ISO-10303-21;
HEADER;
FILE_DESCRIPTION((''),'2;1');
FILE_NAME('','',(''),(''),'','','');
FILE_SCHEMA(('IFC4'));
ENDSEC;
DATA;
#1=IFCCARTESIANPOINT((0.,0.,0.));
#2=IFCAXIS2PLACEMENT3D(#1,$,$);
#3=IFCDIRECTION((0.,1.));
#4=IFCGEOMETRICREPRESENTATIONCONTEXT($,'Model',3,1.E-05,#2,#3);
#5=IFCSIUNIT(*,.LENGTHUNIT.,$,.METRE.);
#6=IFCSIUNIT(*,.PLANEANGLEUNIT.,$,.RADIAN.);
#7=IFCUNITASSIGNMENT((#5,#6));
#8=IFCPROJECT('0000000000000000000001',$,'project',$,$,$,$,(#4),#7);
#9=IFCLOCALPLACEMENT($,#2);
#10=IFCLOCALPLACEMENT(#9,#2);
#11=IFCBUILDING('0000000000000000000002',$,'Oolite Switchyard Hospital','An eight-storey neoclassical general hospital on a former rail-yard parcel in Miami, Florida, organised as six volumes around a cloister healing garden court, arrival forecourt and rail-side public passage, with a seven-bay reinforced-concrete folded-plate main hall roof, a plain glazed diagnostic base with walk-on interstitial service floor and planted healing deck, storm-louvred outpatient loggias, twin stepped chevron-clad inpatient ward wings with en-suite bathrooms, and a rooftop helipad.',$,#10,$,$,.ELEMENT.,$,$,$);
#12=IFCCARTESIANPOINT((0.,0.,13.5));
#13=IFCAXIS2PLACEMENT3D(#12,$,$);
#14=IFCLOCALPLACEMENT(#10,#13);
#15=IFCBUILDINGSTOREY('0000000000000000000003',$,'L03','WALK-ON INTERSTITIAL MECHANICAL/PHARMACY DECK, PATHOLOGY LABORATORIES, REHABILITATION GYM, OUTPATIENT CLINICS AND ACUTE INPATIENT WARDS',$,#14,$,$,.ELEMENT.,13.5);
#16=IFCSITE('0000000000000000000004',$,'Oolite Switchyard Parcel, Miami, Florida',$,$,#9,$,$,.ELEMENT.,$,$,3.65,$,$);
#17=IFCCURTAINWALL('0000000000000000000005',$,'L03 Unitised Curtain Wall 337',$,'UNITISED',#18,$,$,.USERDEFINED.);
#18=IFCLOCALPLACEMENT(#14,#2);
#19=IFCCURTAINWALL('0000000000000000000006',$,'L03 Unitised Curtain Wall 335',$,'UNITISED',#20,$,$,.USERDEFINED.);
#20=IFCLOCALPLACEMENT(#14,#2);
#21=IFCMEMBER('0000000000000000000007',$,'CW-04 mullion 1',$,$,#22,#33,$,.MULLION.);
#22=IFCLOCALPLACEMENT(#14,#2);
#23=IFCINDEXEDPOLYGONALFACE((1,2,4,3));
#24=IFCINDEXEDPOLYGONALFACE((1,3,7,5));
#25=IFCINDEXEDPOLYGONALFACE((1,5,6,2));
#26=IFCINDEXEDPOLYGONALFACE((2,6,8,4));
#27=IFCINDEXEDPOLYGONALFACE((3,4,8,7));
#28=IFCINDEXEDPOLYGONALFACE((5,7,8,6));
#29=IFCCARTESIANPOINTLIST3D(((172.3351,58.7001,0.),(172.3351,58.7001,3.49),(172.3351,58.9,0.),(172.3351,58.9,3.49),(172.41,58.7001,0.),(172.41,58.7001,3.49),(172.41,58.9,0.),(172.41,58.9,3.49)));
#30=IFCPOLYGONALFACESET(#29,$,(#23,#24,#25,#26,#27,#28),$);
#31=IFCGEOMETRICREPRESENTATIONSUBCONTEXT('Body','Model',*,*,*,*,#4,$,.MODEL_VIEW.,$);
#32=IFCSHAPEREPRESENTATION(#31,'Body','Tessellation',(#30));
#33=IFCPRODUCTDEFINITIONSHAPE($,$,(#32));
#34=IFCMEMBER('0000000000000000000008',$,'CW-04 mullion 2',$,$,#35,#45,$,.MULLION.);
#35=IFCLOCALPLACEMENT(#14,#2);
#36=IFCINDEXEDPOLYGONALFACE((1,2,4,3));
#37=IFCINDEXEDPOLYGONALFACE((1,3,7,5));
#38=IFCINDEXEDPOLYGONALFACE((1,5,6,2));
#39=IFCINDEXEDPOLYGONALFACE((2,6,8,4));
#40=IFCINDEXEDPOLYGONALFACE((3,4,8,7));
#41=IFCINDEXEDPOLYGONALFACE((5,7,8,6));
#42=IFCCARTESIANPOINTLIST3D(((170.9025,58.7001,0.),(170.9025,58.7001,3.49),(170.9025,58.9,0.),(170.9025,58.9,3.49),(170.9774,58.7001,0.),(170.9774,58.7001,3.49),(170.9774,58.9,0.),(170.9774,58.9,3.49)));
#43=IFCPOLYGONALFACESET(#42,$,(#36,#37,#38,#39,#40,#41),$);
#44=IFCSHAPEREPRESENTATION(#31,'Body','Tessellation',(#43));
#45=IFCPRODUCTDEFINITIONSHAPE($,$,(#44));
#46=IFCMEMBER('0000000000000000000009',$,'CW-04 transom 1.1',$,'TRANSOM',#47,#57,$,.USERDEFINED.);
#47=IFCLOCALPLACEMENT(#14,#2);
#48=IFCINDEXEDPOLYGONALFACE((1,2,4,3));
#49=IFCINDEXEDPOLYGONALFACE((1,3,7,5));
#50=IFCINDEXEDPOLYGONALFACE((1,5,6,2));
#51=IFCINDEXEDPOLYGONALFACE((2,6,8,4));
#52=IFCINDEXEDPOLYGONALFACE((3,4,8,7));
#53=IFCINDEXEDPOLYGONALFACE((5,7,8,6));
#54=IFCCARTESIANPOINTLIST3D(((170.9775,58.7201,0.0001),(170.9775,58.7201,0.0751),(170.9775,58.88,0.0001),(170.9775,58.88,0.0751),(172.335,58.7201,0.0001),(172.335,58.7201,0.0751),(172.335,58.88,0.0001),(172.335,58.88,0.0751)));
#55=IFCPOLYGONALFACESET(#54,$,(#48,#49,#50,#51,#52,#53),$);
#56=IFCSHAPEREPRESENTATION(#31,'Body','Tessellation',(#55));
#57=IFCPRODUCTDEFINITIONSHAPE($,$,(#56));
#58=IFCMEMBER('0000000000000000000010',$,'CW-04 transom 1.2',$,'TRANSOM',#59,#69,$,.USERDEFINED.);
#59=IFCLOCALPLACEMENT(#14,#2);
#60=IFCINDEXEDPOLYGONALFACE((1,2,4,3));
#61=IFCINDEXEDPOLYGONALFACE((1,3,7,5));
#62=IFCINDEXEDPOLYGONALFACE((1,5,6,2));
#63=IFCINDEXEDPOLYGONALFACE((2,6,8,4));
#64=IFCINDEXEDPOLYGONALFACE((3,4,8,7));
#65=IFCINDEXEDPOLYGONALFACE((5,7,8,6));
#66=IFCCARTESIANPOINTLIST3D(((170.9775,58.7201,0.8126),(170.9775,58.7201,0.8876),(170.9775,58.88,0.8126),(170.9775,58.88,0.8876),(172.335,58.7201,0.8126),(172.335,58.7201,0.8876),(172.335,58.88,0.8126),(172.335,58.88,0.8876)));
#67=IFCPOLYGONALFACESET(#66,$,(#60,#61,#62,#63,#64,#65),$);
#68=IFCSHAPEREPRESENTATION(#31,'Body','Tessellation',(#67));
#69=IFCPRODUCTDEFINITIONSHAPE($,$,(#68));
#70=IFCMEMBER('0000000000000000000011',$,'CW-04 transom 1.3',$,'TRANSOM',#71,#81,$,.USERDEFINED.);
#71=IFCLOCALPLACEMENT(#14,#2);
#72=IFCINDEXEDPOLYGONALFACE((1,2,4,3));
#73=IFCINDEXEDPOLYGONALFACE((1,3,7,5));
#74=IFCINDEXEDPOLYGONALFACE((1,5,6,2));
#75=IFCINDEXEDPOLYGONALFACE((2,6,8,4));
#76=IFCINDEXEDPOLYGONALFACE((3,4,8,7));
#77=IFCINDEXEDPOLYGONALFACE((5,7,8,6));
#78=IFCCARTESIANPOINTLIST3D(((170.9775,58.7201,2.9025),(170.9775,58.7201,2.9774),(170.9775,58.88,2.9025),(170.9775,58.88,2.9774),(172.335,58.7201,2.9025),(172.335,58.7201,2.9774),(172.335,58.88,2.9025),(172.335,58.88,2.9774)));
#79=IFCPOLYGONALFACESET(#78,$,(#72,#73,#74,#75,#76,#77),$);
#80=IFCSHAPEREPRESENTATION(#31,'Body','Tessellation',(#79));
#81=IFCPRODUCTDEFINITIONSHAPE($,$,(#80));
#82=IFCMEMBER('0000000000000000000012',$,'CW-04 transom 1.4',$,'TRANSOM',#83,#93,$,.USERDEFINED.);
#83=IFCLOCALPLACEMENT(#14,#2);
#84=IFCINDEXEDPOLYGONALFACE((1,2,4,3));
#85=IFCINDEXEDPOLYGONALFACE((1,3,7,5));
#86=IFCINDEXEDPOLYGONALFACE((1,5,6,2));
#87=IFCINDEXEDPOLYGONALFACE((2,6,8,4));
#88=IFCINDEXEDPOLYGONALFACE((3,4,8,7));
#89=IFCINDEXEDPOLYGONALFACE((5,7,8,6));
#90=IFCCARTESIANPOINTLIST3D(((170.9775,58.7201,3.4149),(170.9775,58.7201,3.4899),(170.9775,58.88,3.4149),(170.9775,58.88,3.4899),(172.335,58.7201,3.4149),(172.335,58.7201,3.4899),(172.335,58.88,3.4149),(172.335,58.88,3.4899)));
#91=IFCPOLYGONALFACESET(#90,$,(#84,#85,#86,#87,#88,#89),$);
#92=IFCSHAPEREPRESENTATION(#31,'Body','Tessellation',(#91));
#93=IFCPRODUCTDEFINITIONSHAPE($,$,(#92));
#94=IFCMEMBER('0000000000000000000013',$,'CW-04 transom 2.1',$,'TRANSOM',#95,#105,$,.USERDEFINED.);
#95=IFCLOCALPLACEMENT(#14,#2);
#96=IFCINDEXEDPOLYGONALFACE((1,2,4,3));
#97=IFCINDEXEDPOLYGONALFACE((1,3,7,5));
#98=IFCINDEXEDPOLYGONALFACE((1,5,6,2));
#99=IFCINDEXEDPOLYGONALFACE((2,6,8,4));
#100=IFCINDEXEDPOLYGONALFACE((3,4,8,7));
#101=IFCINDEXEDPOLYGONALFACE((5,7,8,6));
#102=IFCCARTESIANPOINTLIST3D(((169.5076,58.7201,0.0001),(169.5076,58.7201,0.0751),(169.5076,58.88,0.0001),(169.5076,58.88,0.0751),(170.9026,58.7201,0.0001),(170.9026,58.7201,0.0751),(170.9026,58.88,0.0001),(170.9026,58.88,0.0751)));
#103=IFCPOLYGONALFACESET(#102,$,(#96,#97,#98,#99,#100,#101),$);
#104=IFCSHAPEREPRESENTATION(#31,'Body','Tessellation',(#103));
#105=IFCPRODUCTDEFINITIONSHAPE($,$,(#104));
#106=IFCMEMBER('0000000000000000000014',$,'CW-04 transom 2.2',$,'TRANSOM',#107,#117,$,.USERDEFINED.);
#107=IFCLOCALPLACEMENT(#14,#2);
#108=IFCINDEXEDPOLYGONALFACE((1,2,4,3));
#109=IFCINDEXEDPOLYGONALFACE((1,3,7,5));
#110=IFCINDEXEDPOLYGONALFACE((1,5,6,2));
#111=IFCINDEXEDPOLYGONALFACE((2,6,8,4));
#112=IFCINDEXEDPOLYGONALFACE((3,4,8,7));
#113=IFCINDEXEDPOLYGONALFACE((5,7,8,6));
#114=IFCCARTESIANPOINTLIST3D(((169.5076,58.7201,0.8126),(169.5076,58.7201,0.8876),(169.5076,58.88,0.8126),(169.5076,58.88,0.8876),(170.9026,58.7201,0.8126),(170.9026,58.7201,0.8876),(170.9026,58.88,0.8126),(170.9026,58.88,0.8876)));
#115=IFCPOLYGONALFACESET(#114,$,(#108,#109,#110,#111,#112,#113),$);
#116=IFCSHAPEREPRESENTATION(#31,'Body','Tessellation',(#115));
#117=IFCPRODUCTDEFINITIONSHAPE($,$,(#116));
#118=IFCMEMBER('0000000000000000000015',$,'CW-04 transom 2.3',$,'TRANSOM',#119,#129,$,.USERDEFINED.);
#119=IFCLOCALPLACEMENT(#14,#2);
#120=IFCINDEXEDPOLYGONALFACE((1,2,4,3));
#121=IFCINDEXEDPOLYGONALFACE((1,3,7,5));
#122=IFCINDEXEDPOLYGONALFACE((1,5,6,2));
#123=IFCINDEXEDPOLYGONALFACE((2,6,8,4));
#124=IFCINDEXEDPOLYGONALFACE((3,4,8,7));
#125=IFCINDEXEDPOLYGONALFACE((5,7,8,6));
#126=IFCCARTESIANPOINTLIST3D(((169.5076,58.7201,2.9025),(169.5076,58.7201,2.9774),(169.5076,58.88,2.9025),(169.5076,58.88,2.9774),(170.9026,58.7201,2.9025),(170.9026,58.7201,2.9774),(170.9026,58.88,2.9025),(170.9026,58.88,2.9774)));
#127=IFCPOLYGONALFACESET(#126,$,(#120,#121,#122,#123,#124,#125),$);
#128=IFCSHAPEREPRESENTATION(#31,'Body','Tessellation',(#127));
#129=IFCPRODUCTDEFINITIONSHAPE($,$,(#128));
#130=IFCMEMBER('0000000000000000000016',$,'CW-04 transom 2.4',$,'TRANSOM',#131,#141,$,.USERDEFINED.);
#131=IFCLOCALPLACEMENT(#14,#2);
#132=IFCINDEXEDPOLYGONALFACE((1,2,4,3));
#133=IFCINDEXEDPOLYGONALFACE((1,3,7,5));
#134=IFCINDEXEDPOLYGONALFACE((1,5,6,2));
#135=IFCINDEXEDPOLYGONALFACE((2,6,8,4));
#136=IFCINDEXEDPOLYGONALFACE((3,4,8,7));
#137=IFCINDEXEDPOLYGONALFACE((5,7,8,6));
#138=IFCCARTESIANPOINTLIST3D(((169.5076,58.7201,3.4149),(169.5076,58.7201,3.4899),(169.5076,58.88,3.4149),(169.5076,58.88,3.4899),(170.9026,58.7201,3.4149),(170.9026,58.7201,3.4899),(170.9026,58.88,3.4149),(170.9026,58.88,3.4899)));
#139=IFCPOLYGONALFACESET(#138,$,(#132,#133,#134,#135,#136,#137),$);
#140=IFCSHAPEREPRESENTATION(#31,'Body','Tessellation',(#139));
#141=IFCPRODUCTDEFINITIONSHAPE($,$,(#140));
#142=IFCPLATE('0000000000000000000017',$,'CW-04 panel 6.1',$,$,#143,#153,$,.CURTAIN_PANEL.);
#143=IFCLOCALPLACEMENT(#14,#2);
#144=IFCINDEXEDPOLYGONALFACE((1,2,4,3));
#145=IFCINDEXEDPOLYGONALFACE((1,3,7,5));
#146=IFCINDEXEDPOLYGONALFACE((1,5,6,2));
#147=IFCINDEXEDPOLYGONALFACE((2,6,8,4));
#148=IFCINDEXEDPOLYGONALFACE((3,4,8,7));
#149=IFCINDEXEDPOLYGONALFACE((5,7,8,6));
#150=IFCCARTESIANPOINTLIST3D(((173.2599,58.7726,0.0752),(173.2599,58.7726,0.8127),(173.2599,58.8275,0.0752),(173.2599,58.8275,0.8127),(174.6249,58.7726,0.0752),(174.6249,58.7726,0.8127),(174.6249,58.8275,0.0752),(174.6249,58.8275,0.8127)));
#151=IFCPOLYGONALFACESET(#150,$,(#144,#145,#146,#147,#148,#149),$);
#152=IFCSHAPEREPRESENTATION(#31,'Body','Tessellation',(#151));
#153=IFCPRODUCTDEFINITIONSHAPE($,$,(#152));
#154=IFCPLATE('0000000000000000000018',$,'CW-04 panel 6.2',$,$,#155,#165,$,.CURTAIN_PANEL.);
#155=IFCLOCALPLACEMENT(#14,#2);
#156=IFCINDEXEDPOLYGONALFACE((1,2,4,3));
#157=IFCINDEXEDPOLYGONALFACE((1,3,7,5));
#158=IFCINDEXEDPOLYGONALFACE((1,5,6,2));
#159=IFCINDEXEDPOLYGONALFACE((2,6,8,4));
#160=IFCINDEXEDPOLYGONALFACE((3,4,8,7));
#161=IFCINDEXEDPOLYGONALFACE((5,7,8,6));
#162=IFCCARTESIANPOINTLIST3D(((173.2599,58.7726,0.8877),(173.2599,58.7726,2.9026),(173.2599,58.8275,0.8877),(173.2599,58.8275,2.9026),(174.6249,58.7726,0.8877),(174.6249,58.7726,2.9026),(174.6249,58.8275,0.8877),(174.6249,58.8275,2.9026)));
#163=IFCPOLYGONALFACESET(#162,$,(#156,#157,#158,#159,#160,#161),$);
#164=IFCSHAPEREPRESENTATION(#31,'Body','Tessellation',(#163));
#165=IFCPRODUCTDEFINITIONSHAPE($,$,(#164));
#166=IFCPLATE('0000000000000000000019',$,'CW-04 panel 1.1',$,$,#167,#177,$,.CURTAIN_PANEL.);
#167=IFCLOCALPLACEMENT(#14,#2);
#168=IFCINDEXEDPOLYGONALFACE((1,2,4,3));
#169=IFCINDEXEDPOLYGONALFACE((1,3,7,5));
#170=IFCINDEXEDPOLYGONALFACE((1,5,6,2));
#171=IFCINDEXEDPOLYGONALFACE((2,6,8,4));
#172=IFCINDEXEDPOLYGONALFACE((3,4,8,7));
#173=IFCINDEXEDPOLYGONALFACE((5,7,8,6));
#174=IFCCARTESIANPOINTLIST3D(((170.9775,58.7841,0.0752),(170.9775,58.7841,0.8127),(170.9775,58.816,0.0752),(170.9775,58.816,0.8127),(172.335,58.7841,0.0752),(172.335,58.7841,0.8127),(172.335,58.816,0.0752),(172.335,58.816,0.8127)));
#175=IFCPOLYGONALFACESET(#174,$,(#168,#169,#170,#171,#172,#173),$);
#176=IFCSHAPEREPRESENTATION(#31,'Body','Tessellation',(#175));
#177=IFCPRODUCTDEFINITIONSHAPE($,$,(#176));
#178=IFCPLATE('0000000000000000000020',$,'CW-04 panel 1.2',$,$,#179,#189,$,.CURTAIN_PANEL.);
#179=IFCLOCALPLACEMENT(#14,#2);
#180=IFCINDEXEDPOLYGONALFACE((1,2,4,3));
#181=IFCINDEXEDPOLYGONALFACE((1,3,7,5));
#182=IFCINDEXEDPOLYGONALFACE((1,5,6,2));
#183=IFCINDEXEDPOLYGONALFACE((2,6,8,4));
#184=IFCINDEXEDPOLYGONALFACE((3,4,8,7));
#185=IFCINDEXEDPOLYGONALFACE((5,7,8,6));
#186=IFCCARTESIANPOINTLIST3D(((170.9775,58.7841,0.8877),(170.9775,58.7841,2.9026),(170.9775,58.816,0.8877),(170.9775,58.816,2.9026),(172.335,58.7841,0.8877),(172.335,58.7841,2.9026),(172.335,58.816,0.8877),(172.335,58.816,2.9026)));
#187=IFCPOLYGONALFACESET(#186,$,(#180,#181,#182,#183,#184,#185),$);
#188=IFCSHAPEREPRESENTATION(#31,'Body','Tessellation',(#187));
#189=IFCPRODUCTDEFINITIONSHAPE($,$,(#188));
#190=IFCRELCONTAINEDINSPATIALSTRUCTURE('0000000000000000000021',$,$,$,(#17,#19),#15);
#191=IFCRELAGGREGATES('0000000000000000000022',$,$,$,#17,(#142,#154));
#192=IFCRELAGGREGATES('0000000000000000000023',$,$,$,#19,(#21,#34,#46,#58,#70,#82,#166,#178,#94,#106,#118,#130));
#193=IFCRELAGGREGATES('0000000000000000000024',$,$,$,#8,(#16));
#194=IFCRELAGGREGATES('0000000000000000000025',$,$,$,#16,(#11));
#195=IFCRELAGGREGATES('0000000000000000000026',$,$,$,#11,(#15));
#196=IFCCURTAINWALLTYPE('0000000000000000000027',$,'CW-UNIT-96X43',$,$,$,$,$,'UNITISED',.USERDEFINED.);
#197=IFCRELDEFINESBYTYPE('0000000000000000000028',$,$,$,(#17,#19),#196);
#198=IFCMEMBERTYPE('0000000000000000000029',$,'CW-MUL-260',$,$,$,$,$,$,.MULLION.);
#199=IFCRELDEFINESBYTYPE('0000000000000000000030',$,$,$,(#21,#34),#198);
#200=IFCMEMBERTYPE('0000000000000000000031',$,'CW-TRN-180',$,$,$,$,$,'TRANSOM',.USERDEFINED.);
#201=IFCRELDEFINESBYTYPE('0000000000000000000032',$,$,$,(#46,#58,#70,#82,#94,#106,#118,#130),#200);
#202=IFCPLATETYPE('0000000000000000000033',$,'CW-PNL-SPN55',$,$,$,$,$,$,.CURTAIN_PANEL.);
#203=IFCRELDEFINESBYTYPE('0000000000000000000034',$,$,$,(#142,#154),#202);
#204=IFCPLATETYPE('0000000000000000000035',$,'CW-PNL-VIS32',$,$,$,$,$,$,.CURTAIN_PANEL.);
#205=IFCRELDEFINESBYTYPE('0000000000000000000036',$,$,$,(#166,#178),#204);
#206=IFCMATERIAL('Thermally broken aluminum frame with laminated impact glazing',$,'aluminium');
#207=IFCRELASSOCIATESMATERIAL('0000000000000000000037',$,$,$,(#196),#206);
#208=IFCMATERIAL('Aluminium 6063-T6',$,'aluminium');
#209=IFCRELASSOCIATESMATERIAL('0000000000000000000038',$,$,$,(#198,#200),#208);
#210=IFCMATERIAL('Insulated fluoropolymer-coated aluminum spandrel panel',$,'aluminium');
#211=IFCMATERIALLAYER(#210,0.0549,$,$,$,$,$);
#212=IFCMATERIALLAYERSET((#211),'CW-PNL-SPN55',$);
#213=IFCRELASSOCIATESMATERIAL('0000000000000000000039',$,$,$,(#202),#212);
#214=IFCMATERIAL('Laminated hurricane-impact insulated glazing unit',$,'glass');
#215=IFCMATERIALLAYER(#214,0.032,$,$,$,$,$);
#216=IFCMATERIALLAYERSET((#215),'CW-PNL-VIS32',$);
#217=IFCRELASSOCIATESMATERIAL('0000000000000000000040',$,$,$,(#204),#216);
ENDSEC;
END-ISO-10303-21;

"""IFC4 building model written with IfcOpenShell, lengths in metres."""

from ifc_helpers import new_model, si_unit, direction, frame, origin, origin_2d, place, context, subcontext, project, spatial, rectangle, extrude, material, layer, layer_set, material_profile, profile_set, type_object, element, aggregate, save


model = new_model("IFC4")

# Units and contexts
model_context = context("Model", 3, precision=1e-05, world=origin(), true_north=direction((0.0, 1.0)))
body_context = subcontext(model_context, "Body", "Model", "MODEL_VIEW")
ifc_project = project(units=[si_unit("LENGTHUNIT", "METRE"), si_unit("PLANEANGLEUNIT", "RADIAN")], contexts=[model_context])

# Site, building, storey
site_placement = place(None, origin())
site = spatial("IfcSite", under=ifc_project, at=site_placement, Name="Oolite Switchyard Parcel, Miami, Florida", CompositionType="ELEMENT", RefElevation=3.65)
building_placement = place(site_placement, origin())
building = spatial("IfcBuilding", under=site, at=building_placement, Name="Oolite Switchyard Hospital", Description="An eight-storey neoclassical general hospital on a former rail-yard parcel in Miami, Florida, organised as six volumes around a cloister healing garden court, arrival forecourt and rail-side public passage, with a seven-bay reinforced-concrete folded-plate main hall roof, a plain glazed diagnostic base with walk-on interstitial service floor and planted healing deck, storm-louvred outpatient loggias, twin stepped chevron-clad inpatient ward wings with en-suite bathrooms, and a rooftop helipad.", CompositionType="ELEMENT")
storey_placement = place(building_placement, frame((0.0, 0.0, 13.5)))
storey = spatial("IfcBuildingStorey", under=building, at=storey_placement, Name="L03", Description="WALK-ON INTERSTITIAL MECHANICAL/PHARMACY DECK, PATHOLOGY LABORATORIES, REHABILITATION GYM, OUTPATIENT CLINICS AND ACUTE INPATIENT WARDS", CompositionType="ELEMENT", Elevation=13.5)

# Curtain wall
ifc_material_1 = material(Name="Thermally broken aluminum frame with laminated impact glazing", Category="aluminium")
curtain_wall_type = type_object("IfcCurtainWallType", Name="CW-UNIT-96X43", ElementType="UNITISED", PredefinedType="USERDEFINED", material=ifc_material_1)
curtain_wall_1_placement = place(storey_placement, origin())
curtain_wall_1 = element("IfcCurtainWall", 1, at=curtain_wall_1_placement, inside=storey, type_object=curtain_wall_type, Name="L03 Unitised Curtain Wall 337", ObjectType="UNITISED", PredefinedType="USERDEFINED")
ifc_material_2 = material(Name="Aluminium 6063-T6", Category="aluminium")

# Curtain wall, members
curtain_wall_2_placement = place(storey_placement, origin())
curtain_wall_2 = element("IfcCurtainWall", 2, at=curtain_wall_2_placement, inside=storey, type_object=curtain_wall_type, Name="L03 Unitised Curtain Wall 335", ObjectType="UNITISED", PredefinedType="USERDEFINED")
ifc_material_profile_1 = material_profile(ifc_material_2, rectangle(XDim=0.2, YDim=0.075, at=origin_2d()), Name="CWM75X200")
ifc_profile_set_1 = profile_set([ifc_material_profile_1], Name="Aluminium 6063-T6")
member_type_1 = type_object("IfcMemberType", Name="CW-MUL-260", PredefinedType="MULLION", material=ifc_profile_set_1)
member_1_placement = place(storey_placement, frame((172.3726, 58.8, 0.0), z_axis=(0.0, 0.0, 1.0), x_axis=(0.0, -1.0, 0.0)))
member_1 = element("IfcMember", 3, at=member_1_placement, type_object=member_type_1, Name="CW-04 mullion 1", PredefinedType="MULLION", context=body_context, shape_type="SweptSolid", body=[
    extrude(rectangle(XDim=0.2, YDim=0.075, at=origin_2d()), origin(), (0.0, 0.0, 1.0), 3.49),
])
member_2_placement = place(storey_placement, frame((170.9399, 58.8, 0.0), z_axis=(0.0, 0.0, 1.0), x_axis=(0.0, -1.0, 0.0)))
member_2 = element("IfcMember", 4, at=member_2_placement, type_object=member_type_1, Name="CW-04 mullion 2", PredefinedType="MULLION", context=body_context, shape_type="SweptSolid", body=[
    extrude(rectangle(XDim=0.2, YDim=0.075, at=origin_2d()), origin(), (0.0, 0.0, 1.0), 3.49),
])
ifc_material_profile_2 = material_profile(ifc_material_2, rectangle(XDim=0.1599, YDim=0.075, at=origin_2d()), Name="CWT75X160")
ifc_profile_set_2 = profile_set([ifc_material_profile_2], Name="Aluminium 6063-T6")
member_type_2 = type_object("IfcMemberType", Name="CW-TRN-180", ElementType="TRANSOM", PredefinedType="USERDEFINED", material=ifc_profile_set_2)
member_3_placement = place(storey_placement, frame((172.335, 58.8, 0.0376), z_axis=(-1.0, 0.0, 0.0), x_axis=(0.0, -1.0, 0.0)))
member_3 = element("IfcMember", 5, at=member_3_placement, type_object=member_type_2, Name="CW-04 transom 1.1", ObjectType="TRANSOM", PredefinedType="USERDEFINED", context=body_context, shape_type="SweptSolid", body=[
    extrude(rectangle(XDim=0.1599, YDim=0.075, at=origin_2d()), origin(), (0.0, 0.0, 1.0), 1.3574),
])
member_4_placement = place(storey_placement, frame((172.335, 58.8, 0.8501), z_axis=(-1.0, 0.0, 0.0), x_axis=(0.0, -1.0, 0.0)))
member_4 = element("IfcMember", 6, at=member_4_placement, type_object=member_type_2, Name="CW-04 transom 1.2", ObjectType="TRANSOM", PredefinedType="USERDEFINED", context=body_context, shape_type="SweptSolid", body=[
    extrude(rectangle(XDim=0.1599, YDim=0.075, at=origin_2d()), origin(), (0.0, 0.0, 1.0), 1.3574),
])
member_5_placement = place(storey_placement, frame((172.335, 58.8, 2.9399), z_axis=(-1.0, 0.0, 0.0), x_axis=(0.0, -1.0, 0.0)))
member_5 = element("IfcMember", 7, at=member_5_placement, type_object=member_type_2, Name="CW-04 transom 1.3", ObjectType="TRANSOM", PredefinedType="USERDEFINED", context=body_context, shape_type="SweptSolid", body=[
    extrude(rectangle(XDim=0.1599, YDim=0.075, at=origin_2d()), origin(), (0.0, 0.0, 1.0), 1.3574),
])
member_6_placement = place(storey_placement, frame((172.335, 58.8, 3.4524), z_axis=(-1.0, 0.0, 0.0), x_axis=(0.0, -1.0, 0.0)))
member_6 = element("IfcMember", 8, at=member_6_placement, type_object=member_type_2, Name="CW-04 transom 1.4", ObjectType="TRANSOM", PredefinedType="USERDEFINED", context=body_context, shape_type="SweptSolid", body=[
    extrude(rectangle(XDim=0.1599, YDim=0.075, at=origin_2d()), origin(), (0.0, 0.0, 1.0), 1.3574),
])
member_7_placement = place(storey_placement, frame((170.9026, 58.8, 0.0376), z_axis=(-1.0, 0.0, 0.0), x_axis=(0.0, -1.0, 0.0)))
member_7 = element("IfcMember", 9, at=member_7_placement, type_object=member_type_2, Name="CW-04 transom 2.1", ObjectType="TRANSOM", PredefinedType="USERDEFINED", context=body_context, shape_type="SweptSolid", body=[
    extrude(rectangle(XDim=0.1599, YDim=0.075, at=origin_2d()), origin(), (0.0, 0.0, 1.0), 1.395),
])
member_8_placement = place(storey_placement, frame((170.9026, 58.8, 0.8501), z_axis=(-1.0, 0.0, 0.0), x_axis=(0.0, -1.0, 0.0)))
member_8 = element("IfcMember", 10, at=member_8_placement, type_object=member_type_2, Name="CW-04 transom 2.2", ObjectType="TRANSOM", PredefinedType="USERDEFINED", context=body_context, shape_type="SweptSolid", body=[
    extrude(rectangle(XDim=0.1599, YDim=0.075, at=origin_2d()), origin(), (0.0, 0.0, 1.0), 1.395),
])
member_9_placement = place(storey_placement, frame((170.9026, 58.8, 2.9399), z_axis=(-1.0, 0.0, 0.0), x_axis=(0.0, -1.0, 0.0)))
member_9 = element("IfcMember", 11, at=member_9_placement, type_object=member_type_2, Name="CW-04 transom 2.3", ObjectType="TRANSOM", PredefinedType="USERDEFINED", context=body_context, shape_type="SweptSolid", body=[
    extrude(rectangle(XDim=0.1599, YDim=0.075, at=origin_2d()), origin(), (0.0, 0.0, 1.0), 1.395),
])
member_10_placement = place(storey_placement, frame((170.9026, 58.8, 3.4524), z_axis=(-1.0, 0.0, 0.0), x_axis=(0.0, -1.0, 0.0)))
member_10 = element("IfcMember", 12, at=member_10_placement, type_object=member_type_2, Name="CW-04 transom 2.4", ObjectType="TRANSOM", PredefinedType="USERDEFINED", context=body_context, shape_type="SweptSolid", body=[
    extrude(rectangle(XDim=0.1599, YDim=0.075, at=origin_2d()), origin(), (0.0, 0.0, 1.0), 1.395),
])

# Plates
ifc_material_3 = material(Name="Insulated fluoropolymer-coated aluminum spandrel panel", Category="aluminium")
ifc_layer_1 = layer(ifc_material_3, 0.0549)
ifc_layer_set_1 = layer_set([ifc_layer_1], Name="CW-PNL-SPN55")
plate_type_1 = type_object("IfcPlateType", Name="CW-PNL-SPN55", PredefinedType="CURTAIN_PANEL", material=ifc_layer_set_1)
plate_1_placement = place(storey_placement, frame((173.9424, 58.8, 0.0752), z_axis=(0.0, 0.0, 1.0), x_axis=(-1.0, 0.0, 0.0)))
plate_1 = element("IfcPlate", 13, at=plate_1_placement, type_object=plate_type_1, Name="CW-04 panel 6.1", PredefinedType="CURTAIN_PANEL", context=body_context, shape_type="SweptSolid", body=[
    extrude(rectangle(XDim=1.365, YDim=0.0549, at=origin_2d()), origin(), (0.0, 0.0, 1.0), 0.7375),
])
plate_2_placement = place(storey_placement, frame((173.9424, 58.8, 0.8877), z_axis=(0.0, 0.0, 1.0), x_axis=(-1.0, 0.0, 0.0)))
plate_2 = element("IfcPlate", 14, at=plate_2_placement, type_object=plate_type_1, Name="CW-04 panel 6.2", PredefinedType="CURTAIN_PANEL", context=body_context, shape_type="SweptSolid", body=[
    extrude(rectangle(XDim=1.365, YDim=0.0549, at=origin_2d()), origin(), (0.0, 0.0, 1.0), 2.0149),
])
aggregate(curtain_wall_1, [plate_1, plate_2])
ifc_material_4 = material(Name="Laminated hurricane-impact insulated glazing unit", Category="glass")
ifc_layer_2 = layer(ifc_material_4, 0.032)
ifc_layer_set_2 = layer_set([ifc_layer_2], Name="CW-PNL-VIS32")
plate_type_2 = type_object("IfcPlateType", Name="CW-PNL-VIS32", PredefinedType="CURTAIN_PANEL", material=ifc_layer_set_2)
plate_3_placement = place(storey_placement, frame((171.6562, 58.8, 0.0752), z_axis=(0.0, 0.0, 1.0), x_axis=(-1.0, 0.0, 0.0)))
plate_3 = element("IfcPlate", 15, at=plate_3_placement, type_object=plate_type_2, Name="CW-04 panel 1.1", PredefinedType="CURTAIN_PANEL", context=body_context, shape_type="SweptSolid", body=[
    extrude(rectangle(XDim=1.3574, YDim=0.032, at=origin_2d()), origin(), (0.0, 0.0, 1.0), 0.7375),
])
plate_4_placement = place(storey_placement, frame((171.6562, 58.8, 0.8877), z_axis=(0.0, 0.0, 1.0), x_axis=(-1.0, 0.0, 0.0)))
plate_4 = element("IfcPlate", 16, at=plate_4_placement, type_object=plate_type_2, Name="CW-04 panel 1.2", PredefinedType="CURTAIN_PANEL", context=body_context, shape_type="SweptSolid", body=[
    extrude(rectangle(XDim=1.3574, YDim=0.032, at=origin_2d()), origin(), (0.0, 0.0, 1.0), 2.0149),
])
aggregate(curtain_wall_2, [member_1, member_2, member_3, member_4, member_5, member_6, plate_3, plate_4, member_7, member_8, member_9, member_10])

save(model, "model.ifc")
